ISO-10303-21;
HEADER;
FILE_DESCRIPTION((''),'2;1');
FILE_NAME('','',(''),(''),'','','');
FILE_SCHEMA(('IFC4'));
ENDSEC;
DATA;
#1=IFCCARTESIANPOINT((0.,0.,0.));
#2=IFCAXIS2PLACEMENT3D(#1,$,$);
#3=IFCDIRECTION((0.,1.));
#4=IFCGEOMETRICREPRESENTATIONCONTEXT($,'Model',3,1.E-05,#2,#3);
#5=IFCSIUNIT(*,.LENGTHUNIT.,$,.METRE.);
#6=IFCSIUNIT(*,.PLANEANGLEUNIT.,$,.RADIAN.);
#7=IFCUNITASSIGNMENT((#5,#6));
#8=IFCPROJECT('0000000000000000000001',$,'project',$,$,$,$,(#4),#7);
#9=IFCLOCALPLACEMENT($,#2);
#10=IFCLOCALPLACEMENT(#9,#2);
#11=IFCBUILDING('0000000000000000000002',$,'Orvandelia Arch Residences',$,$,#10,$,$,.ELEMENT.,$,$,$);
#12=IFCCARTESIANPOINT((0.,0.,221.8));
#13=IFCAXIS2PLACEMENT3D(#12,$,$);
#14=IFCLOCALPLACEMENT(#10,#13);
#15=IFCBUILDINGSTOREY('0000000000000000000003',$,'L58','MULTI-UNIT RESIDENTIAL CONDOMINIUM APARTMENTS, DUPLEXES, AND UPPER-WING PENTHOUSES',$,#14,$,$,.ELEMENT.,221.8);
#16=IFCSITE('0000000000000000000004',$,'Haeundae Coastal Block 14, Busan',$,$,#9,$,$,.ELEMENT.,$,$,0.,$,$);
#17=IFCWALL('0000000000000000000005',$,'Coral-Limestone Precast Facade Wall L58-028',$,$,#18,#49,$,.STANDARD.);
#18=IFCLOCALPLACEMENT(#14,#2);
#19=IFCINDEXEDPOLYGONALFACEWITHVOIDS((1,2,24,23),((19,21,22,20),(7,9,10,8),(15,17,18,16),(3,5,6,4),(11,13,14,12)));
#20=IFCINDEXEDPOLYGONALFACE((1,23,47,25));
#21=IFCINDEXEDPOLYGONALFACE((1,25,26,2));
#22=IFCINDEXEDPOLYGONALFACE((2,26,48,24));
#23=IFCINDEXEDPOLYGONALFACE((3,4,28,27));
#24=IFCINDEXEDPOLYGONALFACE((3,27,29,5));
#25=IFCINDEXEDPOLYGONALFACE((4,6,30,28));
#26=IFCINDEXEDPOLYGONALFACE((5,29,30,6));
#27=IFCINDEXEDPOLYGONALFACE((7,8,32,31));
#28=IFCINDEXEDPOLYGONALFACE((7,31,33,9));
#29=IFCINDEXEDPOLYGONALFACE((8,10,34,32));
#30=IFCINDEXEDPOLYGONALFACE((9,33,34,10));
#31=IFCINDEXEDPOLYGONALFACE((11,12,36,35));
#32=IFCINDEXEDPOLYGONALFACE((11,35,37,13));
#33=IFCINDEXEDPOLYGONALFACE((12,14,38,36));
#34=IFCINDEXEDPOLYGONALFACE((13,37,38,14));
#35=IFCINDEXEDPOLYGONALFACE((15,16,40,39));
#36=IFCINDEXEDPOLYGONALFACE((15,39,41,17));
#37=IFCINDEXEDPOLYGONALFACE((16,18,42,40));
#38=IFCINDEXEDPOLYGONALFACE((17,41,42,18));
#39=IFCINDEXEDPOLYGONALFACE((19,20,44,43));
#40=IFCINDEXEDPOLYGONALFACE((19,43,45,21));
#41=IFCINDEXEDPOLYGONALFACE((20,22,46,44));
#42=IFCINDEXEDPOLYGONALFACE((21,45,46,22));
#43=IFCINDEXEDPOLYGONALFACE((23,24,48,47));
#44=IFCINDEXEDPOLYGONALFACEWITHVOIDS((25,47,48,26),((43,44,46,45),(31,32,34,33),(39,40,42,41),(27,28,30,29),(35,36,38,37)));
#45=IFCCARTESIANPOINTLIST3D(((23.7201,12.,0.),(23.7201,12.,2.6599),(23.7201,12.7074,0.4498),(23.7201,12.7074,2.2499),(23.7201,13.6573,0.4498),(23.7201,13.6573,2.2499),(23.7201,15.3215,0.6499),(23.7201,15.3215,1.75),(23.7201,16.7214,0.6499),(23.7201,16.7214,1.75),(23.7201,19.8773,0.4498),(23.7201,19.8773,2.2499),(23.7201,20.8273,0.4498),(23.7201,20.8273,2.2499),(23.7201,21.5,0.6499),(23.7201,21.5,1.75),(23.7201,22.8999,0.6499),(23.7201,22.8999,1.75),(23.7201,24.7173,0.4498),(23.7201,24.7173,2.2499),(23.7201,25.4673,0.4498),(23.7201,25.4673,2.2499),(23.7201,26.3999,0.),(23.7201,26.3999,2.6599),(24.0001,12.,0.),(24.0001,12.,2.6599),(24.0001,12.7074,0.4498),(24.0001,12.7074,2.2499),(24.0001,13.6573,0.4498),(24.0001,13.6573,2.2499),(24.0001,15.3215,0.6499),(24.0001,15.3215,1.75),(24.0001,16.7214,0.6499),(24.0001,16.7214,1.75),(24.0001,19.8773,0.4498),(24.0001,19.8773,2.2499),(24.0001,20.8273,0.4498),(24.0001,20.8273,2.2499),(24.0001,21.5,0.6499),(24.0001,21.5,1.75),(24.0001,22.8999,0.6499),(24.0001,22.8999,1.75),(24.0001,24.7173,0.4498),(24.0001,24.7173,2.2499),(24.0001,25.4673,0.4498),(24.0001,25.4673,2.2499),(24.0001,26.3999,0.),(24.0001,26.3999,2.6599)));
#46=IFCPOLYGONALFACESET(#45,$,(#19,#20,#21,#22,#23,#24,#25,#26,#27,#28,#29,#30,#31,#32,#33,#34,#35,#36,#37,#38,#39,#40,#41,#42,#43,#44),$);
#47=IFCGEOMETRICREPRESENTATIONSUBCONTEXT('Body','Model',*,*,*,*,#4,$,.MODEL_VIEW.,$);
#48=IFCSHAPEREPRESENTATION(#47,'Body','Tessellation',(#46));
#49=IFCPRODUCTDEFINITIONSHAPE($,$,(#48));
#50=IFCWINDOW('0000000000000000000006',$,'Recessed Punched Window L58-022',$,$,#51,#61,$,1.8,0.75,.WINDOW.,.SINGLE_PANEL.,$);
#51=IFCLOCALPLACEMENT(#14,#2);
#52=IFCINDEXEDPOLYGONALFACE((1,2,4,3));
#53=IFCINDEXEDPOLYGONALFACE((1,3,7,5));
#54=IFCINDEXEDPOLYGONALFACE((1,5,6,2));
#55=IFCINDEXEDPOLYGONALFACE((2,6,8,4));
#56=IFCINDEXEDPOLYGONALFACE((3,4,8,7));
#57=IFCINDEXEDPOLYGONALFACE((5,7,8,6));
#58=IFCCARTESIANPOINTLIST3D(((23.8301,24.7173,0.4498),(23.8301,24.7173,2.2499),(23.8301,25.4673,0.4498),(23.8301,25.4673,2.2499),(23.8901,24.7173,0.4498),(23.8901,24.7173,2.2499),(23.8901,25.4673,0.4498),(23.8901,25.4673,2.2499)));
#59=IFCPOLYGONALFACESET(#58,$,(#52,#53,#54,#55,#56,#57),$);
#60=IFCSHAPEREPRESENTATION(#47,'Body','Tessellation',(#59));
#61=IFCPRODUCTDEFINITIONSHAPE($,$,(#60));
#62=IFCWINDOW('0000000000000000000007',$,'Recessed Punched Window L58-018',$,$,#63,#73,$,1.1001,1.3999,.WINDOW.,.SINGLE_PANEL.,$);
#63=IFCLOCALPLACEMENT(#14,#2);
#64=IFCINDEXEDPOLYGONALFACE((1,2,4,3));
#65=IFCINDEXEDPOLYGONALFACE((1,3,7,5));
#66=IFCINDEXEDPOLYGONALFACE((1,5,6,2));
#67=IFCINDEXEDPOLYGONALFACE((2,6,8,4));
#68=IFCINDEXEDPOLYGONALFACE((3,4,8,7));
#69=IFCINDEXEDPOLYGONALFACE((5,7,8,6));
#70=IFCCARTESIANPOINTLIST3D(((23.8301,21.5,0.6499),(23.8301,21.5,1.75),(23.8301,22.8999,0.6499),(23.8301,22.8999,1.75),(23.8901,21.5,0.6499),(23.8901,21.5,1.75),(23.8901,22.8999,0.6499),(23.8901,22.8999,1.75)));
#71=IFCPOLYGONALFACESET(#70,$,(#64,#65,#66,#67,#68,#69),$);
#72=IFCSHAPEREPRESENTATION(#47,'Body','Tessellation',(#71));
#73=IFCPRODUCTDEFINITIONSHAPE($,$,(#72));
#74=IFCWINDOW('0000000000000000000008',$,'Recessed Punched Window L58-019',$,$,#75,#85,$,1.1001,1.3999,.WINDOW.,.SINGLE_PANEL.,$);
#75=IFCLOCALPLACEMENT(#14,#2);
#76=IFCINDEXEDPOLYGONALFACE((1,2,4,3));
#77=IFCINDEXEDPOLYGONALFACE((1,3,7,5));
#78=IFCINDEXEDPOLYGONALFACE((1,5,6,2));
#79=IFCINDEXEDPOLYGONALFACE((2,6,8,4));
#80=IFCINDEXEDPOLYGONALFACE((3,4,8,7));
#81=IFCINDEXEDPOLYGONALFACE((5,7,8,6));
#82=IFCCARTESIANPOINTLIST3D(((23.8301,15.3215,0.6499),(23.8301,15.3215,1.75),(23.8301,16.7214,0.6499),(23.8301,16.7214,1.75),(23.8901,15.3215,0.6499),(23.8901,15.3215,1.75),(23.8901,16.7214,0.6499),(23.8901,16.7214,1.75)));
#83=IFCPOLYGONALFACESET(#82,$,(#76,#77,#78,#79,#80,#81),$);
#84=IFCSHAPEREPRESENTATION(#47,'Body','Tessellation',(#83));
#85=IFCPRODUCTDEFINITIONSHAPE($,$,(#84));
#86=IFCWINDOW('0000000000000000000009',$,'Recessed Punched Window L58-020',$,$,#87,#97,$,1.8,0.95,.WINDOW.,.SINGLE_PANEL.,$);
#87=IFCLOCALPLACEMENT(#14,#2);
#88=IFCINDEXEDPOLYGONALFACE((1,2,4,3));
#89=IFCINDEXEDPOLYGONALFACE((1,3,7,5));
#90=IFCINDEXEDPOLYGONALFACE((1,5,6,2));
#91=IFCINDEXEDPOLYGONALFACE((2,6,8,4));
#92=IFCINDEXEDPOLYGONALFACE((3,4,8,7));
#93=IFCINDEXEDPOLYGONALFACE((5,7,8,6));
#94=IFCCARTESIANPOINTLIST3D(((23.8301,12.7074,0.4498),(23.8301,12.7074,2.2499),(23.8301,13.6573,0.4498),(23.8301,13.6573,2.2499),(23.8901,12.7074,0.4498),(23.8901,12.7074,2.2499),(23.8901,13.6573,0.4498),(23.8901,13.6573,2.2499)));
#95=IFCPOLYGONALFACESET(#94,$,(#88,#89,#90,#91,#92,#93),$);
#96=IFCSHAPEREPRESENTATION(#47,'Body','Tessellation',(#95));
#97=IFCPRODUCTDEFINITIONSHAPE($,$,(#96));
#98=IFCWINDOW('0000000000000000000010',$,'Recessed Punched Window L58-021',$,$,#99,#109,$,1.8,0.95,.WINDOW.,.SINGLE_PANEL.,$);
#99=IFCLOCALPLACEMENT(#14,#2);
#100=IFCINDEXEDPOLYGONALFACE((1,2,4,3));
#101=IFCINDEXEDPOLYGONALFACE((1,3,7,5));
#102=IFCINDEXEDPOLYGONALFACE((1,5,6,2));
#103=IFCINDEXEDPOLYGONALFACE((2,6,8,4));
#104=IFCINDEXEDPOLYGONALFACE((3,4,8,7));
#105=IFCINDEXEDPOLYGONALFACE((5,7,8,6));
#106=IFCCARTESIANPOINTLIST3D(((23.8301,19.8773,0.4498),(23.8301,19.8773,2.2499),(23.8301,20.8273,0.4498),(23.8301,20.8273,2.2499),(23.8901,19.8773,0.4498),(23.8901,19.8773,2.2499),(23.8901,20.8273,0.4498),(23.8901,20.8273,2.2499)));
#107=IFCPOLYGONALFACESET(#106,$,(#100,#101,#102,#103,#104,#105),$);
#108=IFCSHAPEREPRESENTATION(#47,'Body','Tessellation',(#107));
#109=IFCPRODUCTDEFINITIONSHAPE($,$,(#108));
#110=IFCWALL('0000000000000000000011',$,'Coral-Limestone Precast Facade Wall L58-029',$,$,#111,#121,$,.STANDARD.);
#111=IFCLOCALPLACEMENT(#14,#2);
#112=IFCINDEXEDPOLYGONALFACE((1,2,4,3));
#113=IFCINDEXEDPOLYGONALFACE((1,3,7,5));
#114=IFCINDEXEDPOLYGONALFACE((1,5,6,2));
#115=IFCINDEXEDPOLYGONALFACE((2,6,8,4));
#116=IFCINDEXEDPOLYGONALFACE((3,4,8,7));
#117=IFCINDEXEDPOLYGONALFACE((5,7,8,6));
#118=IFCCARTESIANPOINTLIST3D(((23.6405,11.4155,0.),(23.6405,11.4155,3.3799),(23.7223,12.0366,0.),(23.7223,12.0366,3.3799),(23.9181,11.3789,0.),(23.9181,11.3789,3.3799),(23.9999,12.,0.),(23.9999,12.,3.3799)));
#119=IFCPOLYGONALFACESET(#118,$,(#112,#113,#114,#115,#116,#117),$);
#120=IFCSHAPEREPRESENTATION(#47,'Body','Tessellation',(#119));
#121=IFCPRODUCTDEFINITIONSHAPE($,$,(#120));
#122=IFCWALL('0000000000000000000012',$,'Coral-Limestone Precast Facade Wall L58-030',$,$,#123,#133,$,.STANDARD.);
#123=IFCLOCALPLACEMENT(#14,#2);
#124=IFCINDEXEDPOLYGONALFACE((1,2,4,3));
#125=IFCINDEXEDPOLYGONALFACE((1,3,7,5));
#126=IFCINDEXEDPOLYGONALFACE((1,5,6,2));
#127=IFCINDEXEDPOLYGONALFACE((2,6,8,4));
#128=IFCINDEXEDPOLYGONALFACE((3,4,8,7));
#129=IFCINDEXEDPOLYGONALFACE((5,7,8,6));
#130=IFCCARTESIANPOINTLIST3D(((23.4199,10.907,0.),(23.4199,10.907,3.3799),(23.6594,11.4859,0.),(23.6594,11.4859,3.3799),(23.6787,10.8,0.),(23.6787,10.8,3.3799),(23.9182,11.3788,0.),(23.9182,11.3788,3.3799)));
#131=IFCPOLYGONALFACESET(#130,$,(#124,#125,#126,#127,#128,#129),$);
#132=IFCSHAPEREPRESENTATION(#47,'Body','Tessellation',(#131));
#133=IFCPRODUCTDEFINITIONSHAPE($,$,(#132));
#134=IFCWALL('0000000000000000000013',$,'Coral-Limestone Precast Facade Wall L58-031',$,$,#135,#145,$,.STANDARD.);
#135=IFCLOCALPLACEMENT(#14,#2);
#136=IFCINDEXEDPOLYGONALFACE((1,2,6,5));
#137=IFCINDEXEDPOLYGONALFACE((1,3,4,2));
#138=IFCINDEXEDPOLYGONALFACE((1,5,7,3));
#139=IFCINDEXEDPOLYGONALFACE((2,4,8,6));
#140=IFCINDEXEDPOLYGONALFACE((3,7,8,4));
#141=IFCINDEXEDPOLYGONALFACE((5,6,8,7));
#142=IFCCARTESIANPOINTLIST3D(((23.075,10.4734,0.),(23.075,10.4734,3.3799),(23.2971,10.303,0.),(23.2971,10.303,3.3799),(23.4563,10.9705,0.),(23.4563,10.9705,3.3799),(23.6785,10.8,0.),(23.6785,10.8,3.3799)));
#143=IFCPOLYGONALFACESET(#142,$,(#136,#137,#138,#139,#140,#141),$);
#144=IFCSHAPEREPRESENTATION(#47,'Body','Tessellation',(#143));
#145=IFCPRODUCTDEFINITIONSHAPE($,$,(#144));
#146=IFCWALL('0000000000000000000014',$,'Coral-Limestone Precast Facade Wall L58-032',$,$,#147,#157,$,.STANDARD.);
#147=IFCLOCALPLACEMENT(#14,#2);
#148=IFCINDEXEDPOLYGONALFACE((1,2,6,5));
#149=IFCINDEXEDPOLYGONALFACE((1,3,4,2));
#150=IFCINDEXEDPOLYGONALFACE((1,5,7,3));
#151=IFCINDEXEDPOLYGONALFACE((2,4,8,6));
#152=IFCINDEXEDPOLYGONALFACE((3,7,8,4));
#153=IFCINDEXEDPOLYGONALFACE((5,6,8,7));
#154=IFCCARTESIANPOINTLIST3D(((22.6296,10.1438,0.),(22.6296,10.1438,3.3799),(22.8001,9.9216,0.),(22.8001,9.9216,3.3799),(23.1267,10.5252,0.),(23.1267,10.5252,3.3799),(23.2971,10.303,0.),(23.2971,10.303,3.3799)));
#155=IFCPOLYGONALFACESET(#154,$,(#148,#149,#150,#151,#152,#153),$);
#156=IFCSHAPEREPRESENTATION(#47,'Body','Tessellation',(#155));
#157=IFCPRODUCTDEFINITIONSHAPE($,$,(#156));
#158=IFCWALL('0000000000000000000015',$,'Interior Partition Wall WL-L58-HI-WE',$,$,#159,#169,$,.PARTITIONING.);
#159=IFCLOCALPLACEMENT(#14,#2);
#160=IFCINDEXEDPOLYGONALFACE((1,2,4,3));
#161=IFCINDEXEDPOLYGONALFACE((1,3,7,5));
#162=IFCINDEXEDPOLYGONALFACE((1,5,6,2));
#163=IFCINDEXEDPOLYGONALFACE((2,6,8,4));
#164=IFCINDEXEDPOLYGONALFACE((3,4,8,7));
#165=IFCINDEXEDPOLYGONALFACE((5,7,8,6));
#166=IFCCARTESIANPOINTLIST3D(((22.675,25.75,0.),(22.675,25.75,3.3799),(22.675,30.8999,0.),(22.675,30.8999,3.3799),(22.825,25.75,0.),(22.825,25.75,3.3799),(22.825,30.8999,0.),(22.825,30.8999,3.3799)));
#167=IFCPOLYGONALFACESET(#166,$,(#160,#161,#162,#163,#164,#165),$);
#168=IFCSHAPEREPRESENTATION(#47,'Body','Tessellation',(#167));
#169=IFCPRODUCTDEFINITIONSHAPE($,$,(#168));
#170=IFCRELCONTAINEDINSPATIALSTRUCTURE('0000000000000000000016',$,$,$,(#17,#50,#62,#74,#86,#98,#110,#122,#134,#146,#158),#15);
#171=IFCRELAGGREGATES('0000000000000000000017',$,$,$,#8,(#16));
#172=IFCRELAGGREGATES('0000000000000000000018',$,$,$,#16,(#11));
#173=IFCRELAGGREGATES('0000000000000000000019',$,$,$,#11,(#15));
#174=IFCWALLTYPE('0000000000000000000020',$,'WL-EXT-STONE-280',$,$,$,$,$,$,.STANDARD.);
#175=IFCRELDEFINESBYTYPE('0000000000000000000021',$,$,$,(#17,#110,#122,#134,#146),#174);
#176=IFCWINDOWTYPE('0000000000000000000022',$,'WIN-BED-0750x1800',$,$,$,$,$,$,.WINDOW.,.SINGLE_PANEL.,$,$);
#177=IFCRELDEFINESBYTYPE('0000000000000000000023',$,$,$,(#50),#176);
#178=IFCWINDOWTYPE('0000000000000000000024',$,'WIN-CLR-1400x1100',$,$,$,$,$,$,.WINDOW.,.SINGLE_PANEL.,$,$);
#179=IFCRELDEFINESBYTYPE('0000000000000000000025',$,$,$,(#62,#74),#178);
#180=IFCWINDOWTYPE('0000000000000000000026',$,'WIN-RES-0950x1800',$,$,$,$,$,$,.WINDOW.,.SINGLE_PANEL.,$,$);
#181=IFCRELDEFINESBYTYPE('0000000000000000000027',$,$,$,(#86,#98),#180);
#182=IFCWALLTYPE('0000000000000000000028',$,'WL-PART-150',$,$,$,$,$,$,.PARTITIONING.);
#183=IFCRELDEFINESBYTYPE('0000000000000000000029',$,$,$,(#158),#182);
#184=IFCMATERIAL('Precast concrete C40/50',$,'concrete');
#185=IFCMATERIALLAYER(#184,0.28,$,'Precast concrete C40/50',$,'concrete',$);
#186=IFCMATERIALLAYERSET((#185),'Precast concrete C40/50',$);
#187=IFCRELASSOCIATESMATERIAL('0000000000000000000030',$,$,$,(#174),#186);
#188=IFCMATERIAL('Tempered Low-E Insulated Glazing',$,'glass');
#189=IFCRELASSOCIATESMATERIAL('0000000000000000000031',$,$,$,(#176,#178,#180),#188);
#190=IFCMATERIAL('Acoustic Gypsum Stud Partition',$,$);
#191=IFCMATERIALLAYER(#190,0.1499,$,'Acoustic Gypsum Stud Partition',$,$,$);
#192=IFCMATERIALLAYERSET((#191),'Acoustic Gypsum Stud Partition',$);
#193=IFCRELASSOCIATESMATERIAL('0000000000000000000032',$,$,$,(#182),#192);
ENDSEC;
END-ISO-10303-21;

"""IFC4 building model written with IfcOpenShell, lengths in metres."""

from ifc_helpers import new_model, si_unit, direction, frame, frame_2d, origin, place, context, subcontext, project, spatial, rectangle, extrude, material, layer, layer_set, type_object, element, fill, save


model = new_model("IFC4")

# Units and contexts
model_context = context("Model", 3, precision=1e-05, world=origin(), true_north=direction((0.0, 1.0)))
body_context = subcontext(model_context, "Body", "Model", "MODEL_VIEW")
ifc_project = project(units=[si_unit("LENGTHUNIT", "METRE"), si_unit("PLANEANGLEUNIT", "RADIAN")], contexts=[model_context])

# Site, building, storey
site_placement = place(None, origin())
site = spatial("IfcSite", under=ifc_project, at=site_placement, Name="Haeundae Coastal Block 14, Busan", CompositionType="ELEMENT", RefElevation=0.0)
building_placement = place(site_placement, origin())
building = spatial("IfcBuilding", under=site, at=building_placement, Name="Orvandelia Arch Residences", CompositionType="ELEMENT")
storey_placement = place(building_placement, frame((0.0, 0.0, 221.8)))
storey = spatial("IfcBuildingStorey", under=building, at=storey_placement, Name="L58", Description="MULTI-UNIT RESIDENTIAL CONDOMINIUM APARTMENTS, DUPLEXES, AND UPPER-WING PENTHOUSES", CompositionType="ELEMENT", Elevation=221.8)

# Shared definitions
ifc_material_1 = material(Name="Precast concrete C40/50", Category="concrete")
ifc_layer_1 = layer(ifc_material_1, 0.28, Name="Precast concrete C40/50", Category="concrete")
ifc_layer_set_1 = layer_set([ifc_layer_1], Name="Precast concrete C40/50")
wall_type_1 = type_object("IfcWallType", Name="WL-EXT-STONE-280", PredefinedType="STANDARD", material=ifc_layer_set_1)

# Wall, openings, windows
wall_1_placement = place(storey_placement, frame((23.8601, 26.3999, 0.0), z_axis=(0.0, 0.0, 1.0), x_axis=(0.0, -1.0, 0.0)))
wall_1 = element("IfcWall", 1, at=wall_1_placement, inside=storey, type_object=wall_type_1, Name="Coral-Limestone Precast Facade Wall L58-028", PredefinedType="STANDARD", context=body_context, shape_type="SweptSolid", body=[
    extrude(rectangle(XDim=14.3999, YDim=0.28, at=frame_2d((7.2, 0.0))), origin(), (0.0, 0.0, 1.0), 2.6599),
])
opening_1_placement = place(wall_1_placement, frame((3.5, 0.0, 0.6499)))
opening_1 = element("IfcOpeningElement", 2, at=opening_1_placement, cuts=wall_1, PredefinedType="OPENING", context=body_context, shape_type="SweptSolid", body=[
    extrude(rectangle(XDim=1.3999, YDim=1.1001, at=frame_2d((0.7, 0.55))), frame((0.0, 0.1499, 0.0), z_axis=(0.0, -1.0, 0.0), x_axis=(1.0, 0.0, 0.0)), (0.0, 0.0, 1.0), 0.3),
])
opening_2_placement = place(wall_1_placement, frame((9.6785, 0.0, 0.6499)))
opening_2 = element("IfcOpeningElement", 3, at=opening_2_placement, cuts=wall_1, PredefinedType="OPENING", context=body_context, shape_type="SweptSolid", body=[
    extrude(rectangle(XDim=1.3999, YDim=1.1001, at=frame_2d((0.7, 0.55))), frame((0.0, 0.1499, 0.0), z_axis=(0.0, -1.0, 0.0), x_axis=(1.0, 0.0, 0.0)), (0.0, 0.0, 1.0), 0.3),
])
opening_3_placement = place(wall_1_placement, frame((12.7424, 0.0, 0.45)))
opening_3 = element("IfcOpeningElement", 4, at=opening_3_placement, cuts=wall_1, PredefinedType="OPENING", context=body_context, shape_type="SweptSolid", body=[
    extrude(rectangle(XDim=0.95, YDim=1.8, at=frame_2d((0.4751, 0.8999))), frame((0.0, 0.1499, 0.0), z_axis=(0.0, -1.0, 0.0), x_axis=(1.0, 0.0, 0.0)), (0.0, 0.0, 1.0), 0.3),
])
opening_4_placement = place(wall_1_placement, frame((5.5725, 0.0, 0.45)))
opening_4 = element("IfcOpeningElement", 5, at=opening_4_placement, cuts=wall_1, PredefinedType="OPENING", context=body_context, shape_type="SweptSolid", body=[
    extrude(rectangle(XDim=0.95, YDim=1.8, at=frame_2d((0.4751, 0.8999))), frame((0.0, 0.1499, 0.0), z_axis=(0.0, -1.0, 0.0), x_axis=(1.0, 0.0, 0.0)), (0.0, 0.0, 1.0), 0.3),
])
opening_5_placement = place(wall_1_placement, frame((0.9326, 0.0, 0.45)))
opening_5 = element("IfcOpeningElement", 6, at=opening_5_placement, cuts=wall_1, PredefinedType="OPENING", context=body_context, shape_type="SweptSolid", body=[
    extrude(rectangle(XDim=0.75, YDim=1.8, at=frame_2d((0.375, 0.8999))), frame((0.0, 0.1499, 0.0), z_axis=(0.0, -1.0, 0.0), x_axis=(1.0, 0.0, 0.0)), (0.0, 0.0, 1.0), 0.3),
])
ifc_material_2 = material(Name="Tempered Low-E Insulated Glazing", Category="glass")
window_type_1 = type_object("IfcWindowType", Name="WIN-BED-0750x1800", PartitioningType="SINGLE_PANEL", PredefinedType="WINDOW", material=ifc_material_2)
window_1_placement = place(opening_5_placement, origin())
window_1 = element("IfcWindow", 7, at=window_1_placement, inside=storey, type_object=window_type_1, Name="Recessed Punched Window L58-022", OverallHeight=1.8, OverallWidth=0.75, PartitioningType="SINGLE_PANEL", PredefinedType="WINDOW", context=body_context, shape_type="SweptSolid", body=[
    extrude(rectangle(XDim=0.75, YDim=1.8, at=frame_2d((0.375, 0.8999))), frame((0.0, 0.03, 0.0), z_axis=(0.0, -1.0, 0.0), x_axis=(1.0, 0.0, 0.0)), (0.0, 0.0, 1.0), 0.0601),
])
fill(opening_5, window_1)
window_type_2 = type_object("IfcWindowType", Name="WIN-CLR-1400x1100", PartitioningType="SINGLE_PANEL", PredefinedType="WINDOW", material=ifc_material_2)
window_2_placement = place(opening_1_placement, origin())
window_2 = element("IfcWindow", 8, at=window_2_placement, inside=storey, type_object=window_type_2, Name="Recessed Punched Window L58-018", OverallHeight=1.1001, OverallWidth=1.3999, PartitioningType="SINGLE_PANEL", PredefinedType="WINDOW", context=body_context, shape_type="SweptSolid", body=[
    extrude(rectangle(XDim=1.3999, YDim=1.1001, at=frame_2d((0.7, 0.55))), frame((0.0, 0.03, 0.0), z_axis=(0.0, -1.0, 0.0), x_axis=(1.0, 0.0, 0.0)), (0.0, 0.0, 1.0), 0.0601),
])
fill(opening_1, window_2)
window_3_placement = place(opening_2_placement, origin())
window_3 = element("IfcWindow", 9, at=window_3_placement, inside=storey, type_object=window_type_2, Name="Recessed Punched Window L58-019", OverallHeight=1.1001, OverallWidth=1.3999, PartitioningType="SINGLE_PANEL", PredefinedType="WINDOW", context=body_context, shape_type="SweptSolid", body=[
    extrude(rectangle(XDim=1.3999, YDim=1.1001, at=frame_2d((0.7, 0.55))), frame((0.0, 0.03, 0.0), z_axis=(0.0, -1.0, 0.0), x_axis=(1.0, 0.0, 0.0)), (0.0, 0.0, 1.0), 0.0601),
])
fill(opening_2, window_3)
window_type_3 = type_object("IfcWindowType", Name="WIN-RES-0950x1800", PartitioningType="SINGLE_PANEL", PredefinedType="WINDOW", material=ifc_material_2)
window_4_placement = place(opening_3_placement, origin())
window_4 = element("IfcWindow", 10, at=window_4_placement, inside=storey, type_object=window_type_3, Name="Recessed Punched Window L58-020", OverallHeight=1.8, OverallWidth=0.95, PartitioningType="SINGLE_PANEL", PredefinedType="WINDOW", context=body_context, shape_type="SweptSolid", body=[
    extrude(rectangle(XDim=0.95, YDim=1.8, at=frame_2d((0.4751, 0.8999))), frame((0.0, 0.03, 0.0), z_axis=(0.0, -1.0, 0.0), x_axis=(1.0, 0.0, 0.0)), (0.0, 0.0, 1.0), 0.0601),
])
fill(opening_3, window_4)
window_5_placement = place(opening_4_placement, origin())
window_5 = element("IfcWindow", 11, at=window_5_placement, inside=storey, type_object=window_type_3, Name="Recessed Punched Window L58-021", OverallHeight=1.8, OverallWidth=0.95, PartitioningType="SINGLE_PANEL", PredefinedType="WINDOW", context=body_context, shape_type="SweptSolid", body=[
    extrude(rectangle(XDim=0.95, YDim=1.8, at=frame_2d((0.4751, 0.8999))), frame((0.0, 0.03, 0.0), z_axis=(0.0, -1.0, 0.0), x_axis=(1.0, 0.0, 0.0)), (0.0, 0.0, 1.0), 0.0601),
])
fill(opening_4, window_5)

# Walls
for number, where, z_axis, x_axis, name in (
    (12, (23.8611, 12.0183, 0.0), (0.0, 0.0, 1.0), (-0.130555, -0.991441, 0.0), "Coral-Limestone Precast Facade Wall L58-029"),
    (13, (23.7888, 11.4324, 0.0), (0.0, 0.0, 1.0), (-0.382317, -0.924031, 0.0), "Coral-Limestone Precast Facade Wall L58-030"),
    (14, (23.5674, 10.8853, 0.0), (0.0, 0.0, 1.0), (-0.608693, -0.793406, 0.0), "Coral-Limestone Precast Facade Wall L58-031"),
    (15, (23.2119, 10.4141, 0.0), (0.0, 0.0, 1.0), (-0.793406, -0.608693, 0.0), "Coral-Limestone Precast Facade Wall L58-032"),
):
    element("IfcWall", number, at=place(storey_placement, frame(where, z_axis=z_axis, x_axis=x_axis)), inside=storey, type_object=wall_type_1, Name=name, PredefinedType="STANDARD", context=body_context, shape_type="SweptSolid", body=[
        extrude(rectangle(XDim=0.6265, YDim=0.28, at=frame_2d((0.3132, 0.0))), origin(), (0.0, 0.0, 1.0), 3.3799),
    ])
ifc_material_3 = material(Name="Acoustic Gypsum Stud Partition")
ifc_layer_2 = layer(ifc_material_3, 0.1499, Name="Acoustic Gypsum Stud Partition")
ifc_layer_set_2 = layer_set([ifc_layer_2], Name="Acoustic Gypsum Stud Partition")
wall_type_2 = type_object("IfcWallType", Name="WL-PART-150", PredefinedType="PARTITIONING", material=ifc_layer_set_2)
wall_2_placement = place(storey_placement, frame((22.75, 25.75, 0.0), z_axis=(0.0, 0.0, 1.0), x_axis=(0.0, 1.0, 0.0)))
element("IfcWall", 16, at=wall_2_placement, inside=storey, type_object=wall_type_2, Name="Interior Partition Wall WL-L58-HI-WE", PredefinedType="PARTITIONING", context=body_context, shape_type="SweptSolid", body=[
    extrude(rectangle(XDim=5.1499, YDim=0.1499, at=frame_2d((2.575, 0.0))), origin(), (0.0, 0.0, 1.0), 3.3799),
])

save(model, "model.ifc")
